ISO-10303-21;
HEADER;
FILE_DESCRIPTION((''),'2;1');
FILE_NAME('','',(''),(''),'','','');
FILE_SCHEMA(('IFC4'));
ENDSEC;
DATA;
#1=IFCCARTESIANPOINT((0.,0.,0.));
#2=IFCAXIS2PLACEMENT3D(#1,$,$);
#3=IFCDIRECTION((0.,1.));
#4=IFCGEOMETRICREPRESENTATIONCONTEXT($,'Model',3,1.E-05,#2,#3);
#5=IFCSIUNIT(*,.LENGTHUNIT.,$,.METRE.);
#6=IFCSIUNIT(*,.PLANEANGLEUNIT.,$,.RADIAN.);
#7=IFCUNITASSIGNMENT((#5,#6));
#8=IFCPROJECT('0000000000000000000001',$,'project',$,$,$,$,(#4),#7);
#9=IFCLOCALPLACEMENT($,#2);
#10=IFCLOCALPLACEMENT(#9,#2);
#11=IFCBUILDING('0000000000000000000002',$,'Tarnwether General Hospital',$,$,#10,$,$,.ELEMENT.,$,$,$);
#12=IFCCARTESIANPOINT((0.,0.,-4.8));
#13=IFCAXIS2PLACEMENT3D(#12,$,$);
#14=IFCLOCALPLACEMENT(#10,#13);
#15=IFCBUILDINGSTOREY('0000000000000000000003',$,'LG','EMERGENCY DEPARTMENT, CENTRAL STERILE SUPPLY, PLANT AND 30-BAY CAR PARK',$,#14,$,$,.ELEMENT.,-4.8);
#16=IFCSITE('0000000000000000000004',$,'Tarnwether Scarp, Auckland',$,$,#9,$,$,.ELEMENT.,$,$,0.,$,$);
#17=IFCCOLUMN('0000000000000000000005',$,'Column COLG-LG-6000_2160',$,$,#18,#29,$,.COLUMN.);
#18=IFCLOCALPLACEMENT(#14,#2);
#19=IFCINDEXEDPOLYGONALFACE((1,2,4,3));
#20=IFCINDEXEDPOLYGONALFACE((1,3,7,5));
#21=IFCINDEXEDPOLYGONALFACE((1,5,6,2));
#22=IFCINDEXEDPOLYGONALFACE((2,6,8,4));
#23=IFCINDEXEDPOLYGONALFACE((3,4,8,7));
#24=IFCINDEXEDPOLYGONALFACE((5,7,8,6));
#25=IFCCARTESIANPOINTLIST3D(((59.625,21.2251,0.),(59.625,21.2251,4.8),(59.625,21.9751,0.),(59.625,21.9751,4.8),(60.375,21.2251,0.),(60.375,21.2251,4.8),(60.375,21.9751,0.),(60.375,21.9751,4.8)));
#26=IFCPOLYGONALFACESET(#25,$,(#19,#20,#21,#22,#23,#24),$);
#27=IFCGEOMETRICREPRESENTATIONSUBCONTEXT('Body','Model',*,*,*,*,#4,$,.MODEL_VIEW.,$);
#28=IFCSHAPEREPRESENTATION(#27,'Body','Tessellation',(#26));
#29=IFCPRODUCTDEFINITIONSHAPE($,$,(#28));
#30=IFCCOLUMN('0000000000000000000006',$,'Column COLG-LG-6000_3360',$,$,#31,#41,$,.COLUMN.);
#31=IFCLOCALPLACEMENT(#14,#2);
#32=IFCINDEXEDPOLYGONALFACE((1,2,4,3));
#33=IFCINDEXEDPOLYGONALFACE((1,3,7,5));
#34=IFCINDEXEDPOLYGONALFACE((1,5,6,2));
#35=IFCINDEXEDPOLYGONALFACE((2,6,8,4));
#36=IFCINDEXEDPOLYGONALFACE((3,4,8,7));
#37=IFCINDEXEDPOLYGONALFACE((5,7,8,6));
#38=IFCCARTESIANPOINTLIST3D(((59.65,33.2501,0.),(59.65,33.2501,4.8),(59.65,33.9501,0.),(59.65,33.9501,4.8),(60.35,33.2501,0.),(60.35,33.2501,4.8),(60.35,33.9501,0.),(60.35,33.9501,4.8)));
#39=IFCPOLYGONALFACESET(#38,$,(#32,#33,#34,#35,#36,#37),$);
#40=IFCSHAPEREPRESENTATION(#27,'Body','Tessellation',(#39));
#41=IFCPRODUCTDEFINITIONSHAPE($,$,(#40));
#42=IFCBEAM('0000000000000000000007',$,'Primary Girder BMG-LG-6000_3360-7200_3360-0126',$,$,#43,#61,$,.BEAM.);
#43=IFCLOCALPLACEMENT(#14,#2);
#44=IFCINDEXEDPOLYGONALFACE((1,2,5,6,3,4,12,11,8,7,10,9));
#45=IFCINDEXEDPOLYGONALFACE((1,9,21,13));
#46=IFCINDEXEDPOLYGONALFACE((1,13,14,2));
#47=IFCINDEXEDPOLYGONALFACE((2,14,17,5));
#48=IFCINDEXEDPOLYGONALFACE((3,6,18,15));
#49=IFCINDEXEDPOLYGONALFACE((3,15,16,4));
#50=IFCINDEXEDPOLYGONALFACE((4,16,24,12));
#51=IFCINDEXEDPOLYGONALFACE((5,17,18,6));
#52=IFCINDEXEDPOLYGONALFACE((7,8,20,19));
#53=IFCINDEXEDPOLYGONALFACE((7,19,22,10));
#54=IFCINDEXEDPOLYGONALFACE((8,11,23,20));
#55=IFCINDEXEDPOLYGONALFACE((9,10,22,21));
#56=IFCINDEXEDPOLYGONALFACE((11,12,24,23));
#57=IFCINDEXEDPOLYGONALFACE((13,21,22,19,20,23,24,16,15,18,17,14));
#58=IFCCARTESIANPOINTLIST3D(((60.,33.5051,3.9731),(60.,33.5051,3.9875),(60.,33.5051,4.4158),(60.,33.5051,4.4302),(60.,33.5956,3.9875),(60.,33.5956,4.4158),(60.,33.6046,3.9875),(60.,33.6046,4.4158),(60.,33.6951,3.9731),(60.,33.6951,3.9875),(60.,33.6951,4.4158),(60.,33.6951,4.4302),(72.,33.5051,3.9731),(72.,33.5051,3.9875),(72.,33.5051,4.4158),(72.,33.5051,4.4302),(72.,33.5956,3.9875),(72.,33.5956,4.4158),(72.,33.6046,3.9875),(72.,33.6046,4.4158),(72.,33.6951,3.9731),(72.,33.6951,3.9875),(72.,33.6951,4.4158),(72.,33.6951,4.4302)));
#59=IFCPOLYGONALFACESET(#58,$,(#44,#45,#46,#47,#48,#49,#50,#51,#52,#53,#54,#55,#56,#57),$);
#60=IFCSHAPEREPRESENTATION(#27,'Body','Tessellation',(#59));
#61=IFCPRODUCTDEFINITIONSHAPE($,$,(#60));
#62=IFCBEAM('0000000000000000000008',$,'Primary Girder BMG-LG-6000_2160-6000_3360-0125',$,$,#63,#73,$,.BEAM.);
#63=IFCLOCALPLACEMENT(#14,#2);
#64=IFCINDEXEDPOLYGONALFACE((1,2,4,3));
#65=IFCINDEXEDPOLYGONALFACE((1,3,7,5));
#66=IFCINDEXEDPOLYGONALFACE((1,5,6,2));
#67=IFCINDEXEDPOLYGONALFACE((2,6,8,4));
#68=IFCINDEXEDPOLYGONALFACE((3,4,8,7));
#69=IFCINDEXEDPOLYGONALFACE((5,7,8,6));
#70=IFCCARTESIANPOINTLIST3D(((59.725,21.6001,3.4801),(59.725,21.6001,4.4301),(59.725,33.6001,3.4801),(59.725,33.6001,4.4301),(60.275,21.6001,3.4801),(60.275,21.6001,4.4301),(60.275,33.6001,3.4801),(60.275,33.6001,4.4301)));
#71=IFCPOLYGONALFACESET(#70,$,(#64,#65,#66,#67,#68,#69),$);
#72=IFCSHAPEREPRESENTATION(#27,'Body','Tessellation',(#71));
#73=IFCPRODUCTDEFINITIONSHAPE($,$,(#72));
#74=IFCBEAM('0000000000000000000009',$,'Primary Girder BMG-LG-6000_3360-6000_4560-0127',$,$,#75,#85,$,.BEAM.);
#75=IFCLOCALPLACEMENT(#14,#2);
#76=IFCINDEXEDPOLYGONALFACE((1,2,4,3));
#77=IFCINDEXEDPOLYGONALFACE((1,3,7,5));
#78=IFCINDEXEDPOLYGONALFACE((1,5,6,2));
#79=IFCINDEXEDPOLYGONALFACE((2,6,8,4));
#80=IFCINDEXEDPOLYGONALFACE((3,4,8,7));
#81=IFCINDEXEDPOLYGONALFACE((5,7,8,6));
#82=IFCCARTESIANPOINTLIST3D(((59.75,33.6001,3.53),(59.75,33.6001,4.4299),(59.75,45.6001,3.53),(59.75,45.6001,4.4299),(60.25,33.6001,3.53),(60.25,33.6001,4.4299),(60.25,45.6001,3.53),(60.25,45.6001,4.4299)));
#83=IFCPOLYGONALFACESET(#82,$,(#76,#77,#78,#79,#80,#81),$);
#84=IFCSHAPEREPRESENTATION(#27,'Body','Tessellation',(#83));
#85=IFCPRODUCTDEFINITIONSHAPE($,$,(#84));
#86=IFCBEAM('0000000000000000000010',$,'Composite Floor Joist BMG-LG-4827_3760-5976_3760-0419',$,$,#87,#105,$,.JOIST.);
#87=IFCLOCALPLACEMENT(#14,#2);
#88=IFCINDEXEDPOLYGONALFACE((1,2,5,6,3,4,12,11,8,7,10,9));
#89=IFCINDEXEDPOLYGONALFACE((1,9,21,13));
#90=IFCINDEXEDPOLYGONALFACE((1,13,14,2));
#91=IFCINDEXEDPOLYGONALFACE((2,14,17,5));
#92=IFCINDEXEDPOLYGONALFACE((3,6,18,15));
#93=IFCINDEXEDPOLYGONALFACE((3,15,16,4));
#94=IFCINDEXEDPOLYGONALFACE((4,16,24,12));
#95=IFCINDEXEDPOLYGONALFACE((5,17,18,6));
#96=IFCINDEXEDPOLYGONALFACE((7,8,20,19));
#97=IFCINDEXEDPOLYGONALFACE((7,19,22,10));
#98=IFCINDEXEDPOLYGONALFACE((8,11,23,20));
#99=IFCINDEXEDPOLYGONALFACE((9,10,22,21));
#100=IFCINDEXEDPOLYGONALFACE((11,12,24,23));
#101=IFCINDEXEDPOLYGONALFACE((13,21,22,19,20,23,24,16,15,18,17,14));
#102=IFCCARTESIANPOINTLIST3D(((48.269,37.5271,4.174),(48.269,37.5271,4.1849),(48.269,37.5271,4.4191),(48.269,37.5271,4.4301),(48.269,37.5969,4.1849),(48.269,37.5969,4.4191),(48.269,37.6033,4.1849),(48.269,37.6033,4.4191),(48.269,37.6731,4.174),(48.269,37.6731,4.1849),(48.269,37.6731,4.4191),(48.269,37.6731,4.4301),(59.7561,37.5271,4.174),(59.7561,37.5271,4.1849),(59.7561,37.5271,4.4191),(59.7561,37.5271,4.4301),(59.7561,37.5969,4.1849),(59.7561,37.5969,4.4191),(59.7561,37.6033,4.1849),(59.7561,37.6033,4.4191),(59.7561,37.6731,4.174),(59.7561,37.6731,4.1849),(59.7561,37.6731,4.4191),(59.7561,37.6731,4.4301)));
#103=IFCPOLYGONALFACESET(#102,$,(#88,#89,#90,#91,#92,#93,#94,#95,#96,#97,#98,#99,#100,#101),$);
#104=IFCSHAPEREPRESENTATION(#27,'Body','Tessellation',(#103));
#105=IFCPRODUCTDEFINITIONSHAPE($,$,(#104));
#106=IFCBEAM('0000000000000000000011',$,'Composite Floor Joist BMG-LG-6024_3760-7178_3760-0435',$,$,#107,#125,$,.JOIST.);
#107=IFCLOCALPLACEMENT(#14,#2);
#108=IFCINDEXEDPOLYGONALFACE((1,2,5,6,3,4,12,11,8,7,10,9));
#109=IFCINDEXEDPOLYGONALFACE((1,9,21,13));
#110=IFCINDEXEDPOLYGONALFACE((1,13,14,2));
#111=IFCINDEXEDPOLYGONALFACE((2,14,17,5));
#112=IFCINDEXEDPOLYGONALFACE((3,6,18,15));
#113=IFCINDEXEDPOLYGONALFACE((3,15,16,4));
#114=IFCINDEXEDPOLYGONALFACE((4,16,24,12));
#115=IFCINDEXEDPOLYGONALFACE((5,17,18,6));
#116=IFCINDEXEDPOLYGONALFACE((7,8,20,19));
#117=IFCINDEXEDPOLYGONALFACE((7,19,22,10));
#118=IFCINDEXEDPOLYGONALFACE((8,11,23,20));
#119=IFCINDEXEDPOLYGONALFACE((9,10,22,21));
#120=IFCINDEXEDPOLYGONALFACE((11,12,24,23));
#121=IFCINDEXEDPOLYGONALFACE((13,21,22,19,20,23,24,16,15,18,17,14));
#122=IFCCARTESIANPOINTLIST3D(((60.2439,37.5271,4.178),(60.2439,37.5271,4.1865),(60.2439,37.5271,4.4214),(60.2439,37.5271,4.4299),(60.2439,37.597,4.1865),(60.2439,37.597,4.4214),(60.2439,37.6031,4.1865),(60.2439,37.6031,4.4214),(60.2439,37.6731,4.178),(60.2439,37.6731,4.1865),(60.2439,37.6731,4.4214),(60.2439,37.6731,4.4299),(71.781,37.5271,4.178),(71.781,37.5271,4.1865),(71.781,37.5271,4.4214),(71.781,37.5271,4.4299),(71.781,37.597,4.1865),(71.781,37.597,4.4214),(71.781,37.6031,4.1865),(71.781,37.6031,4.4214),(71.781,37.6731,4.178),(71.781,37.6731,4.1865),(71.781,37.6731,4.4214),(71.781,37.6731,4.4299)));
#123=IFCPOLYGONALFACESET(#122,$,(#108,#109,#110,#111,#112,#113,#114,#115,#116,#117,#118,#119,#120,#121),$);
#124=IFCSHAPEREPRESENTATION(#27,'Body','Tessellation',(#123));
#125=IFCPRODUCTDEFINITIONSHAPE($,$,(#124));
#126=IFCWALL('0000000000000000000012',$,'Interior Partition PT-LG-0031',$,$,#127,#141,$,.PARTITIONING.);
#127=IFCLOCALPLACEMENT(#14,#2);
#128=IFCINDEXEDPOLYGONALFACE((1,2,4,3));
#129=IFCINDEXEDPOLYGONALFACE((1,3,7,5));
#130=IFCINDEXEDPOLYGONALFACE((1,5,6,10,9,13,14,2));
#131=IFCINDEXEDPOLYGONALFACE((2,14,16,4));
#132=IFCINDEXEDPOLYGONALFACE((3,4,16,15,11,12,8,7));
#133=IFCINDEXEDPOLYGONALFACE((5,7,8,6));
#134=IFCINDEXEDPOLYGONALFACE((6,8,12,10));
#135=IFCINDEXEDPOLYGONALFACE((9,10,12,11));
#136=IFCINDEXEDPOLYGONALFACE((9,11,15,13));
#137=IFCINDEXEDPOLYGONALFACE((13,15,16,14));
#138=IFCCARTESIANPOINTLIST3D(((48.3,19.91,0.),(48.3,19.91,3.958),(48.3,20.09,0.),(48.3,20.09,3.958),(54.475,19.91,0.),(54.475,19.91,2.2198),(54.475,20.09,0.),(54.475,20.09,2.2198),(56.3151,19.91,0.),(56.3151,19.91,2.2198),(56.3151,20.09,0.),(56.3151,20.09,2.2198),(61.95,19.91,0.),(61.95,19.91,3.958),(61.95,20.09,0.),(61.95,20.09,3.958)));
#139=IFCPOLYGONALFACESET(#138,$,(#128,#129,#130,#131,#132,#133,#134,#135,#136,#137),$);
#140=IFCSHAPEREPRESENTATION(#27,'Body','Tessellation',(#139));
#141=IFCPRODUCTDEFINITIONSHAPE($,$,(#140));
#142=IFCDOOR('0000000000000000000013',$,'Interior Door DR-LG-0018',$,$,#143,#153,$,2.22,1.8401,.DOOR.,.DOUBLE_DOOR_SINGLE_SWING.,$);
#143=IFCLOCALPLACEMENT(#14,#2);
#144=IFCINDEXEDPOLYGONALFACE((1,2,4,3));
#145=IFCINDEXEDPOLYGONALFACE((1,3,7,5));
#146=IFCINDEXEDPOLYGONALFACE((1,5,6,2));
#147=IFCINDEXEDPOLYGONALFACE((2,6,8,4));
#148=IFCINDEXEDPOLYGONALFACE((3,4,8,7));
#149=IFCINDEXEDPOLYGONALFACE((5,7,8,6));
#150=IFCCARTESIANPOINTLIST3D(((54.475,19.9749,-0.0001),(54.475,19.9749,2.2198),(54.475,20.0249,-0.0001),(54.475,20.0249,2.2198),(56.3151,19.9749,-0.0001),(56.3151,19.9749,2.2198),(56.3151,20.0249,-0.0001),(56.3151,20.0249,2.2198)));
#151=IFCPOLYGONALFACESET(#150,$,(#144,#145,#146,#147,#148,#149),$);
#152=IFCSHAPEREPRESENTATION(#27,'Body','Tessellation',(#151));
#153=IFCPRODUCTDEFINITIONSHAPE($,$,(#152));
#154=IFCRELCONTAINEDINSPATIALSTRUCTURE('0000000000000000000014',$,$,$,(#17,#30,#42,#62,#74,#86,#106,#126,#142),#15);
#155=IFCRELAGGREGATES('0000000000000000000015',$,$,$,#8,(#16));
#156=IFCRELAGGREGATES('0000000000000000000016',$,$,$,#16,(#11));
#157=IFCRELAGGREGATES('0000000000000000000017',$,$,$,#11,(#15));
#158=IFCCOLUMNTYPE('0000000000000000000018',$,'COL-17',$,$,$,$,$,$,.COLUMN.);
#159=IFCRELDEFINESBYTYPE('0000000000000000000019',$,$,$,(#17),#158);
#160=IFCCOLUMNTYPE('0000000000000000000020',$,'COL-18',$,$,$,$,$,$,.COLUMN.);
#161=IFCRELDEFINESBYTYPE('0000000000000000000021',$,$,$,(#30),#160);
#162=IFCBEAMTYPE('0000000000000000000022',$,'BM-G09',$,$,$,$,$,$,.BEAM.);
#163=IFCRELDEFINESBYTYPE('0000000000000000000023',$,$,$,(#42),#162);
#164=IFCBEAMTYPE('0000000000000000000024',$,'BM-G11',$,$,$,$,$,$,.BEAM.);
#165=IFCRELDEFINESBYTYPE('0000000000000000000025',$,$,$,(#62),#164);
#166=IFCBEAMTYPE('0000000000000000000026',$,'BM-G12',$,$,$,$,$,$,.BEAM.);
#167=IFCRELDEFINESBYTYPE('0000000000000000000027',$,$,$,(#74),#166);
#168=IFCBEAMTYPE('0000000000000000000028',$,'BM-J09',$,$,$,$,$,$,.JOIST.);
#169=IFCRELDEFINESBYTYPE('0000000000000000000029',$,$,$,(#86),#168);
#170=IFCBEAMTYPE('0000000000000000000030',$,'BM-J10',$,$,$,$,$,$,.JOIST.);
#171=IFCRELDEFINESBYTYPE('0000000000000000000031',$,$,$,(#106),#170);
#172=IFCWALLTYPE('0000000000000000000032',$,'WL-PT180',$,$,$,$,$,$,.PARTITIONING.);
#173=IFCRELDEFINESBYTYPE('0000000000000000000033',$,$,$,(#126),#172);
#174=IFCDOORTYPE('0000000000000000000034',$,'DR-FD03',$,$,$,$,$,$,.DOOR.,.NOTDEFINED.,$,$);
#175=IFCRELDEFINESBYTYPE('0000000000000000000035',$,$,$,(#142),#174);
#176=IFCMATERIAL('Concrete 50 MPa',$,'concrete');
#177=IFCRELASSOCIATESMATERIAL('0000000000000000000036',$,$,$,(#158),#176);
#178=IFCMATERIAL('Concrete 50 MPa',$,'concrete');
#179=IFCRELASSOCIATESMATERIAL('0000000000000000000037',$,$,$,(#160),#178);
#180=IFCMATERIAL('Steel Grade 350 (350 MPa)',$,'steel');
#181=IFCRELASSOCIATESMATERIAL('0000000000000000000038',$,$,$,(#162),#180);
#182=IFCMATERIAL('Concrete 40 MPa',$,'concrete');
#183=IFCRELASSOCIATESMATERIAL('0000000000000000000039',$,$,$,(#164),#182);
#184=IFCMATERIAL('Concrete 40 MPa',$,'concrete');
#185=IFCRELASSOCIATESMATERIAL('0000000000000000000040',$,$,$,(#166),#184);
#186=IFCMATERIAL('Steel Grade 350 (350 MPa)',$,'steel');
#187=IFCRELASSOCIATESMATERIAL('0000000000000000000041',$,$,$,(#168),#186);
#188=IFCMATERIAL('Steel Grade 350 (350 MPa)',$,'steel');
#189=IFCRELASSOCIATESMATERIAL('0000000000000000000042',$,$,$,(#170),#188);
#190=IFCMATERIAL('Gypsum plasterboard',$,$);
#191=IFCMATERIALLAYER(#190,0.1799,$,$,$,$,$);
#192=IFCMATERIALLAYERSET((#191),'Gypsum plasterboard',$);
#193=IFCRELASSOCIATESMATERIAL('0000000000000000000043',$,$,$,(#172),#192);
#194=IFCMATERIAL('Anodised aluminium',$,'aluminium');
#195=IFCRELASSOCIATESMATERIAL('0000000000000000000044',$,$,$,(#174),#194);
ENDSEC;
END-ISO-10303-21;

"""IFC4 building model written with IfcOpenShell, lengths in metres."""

from ifc_helpers import new_model, si_unit, direction, frame, frame_2d, origin, origin_2d, place, context, subcontext, project, spatial, rectangle, i_section, extrude, material, layer, layer_set, material_profile, profile_set, type_object, element, fill, save


model = new_model("IFC4")

# Units and contexts
model_context = context("Model", 3, precision=1e-05, world=origin(), true_north=direction((0.0, 1.0)))
body_context = subcontext(model_context, "Body", "Model", "MODEL_VIEW")
ifc_project = project(units=[si_unit("LENGTHUNIT", "METRE"), si_unit("PLANEANGLEUNIT", "RADIAN")], contexts=[model_context])

# Site, building, storey
site_placement = place(None, origin())
site = spatial("IfcSite", under=ifc_project, at=site_placement, Name="Tarnwether Scarp, Auckland", CompositionType="ELEMENT", RefElevation=0.0)
building_placement = place(site_placement, origin())
building = spatial("IfcBuilding", under=site, at=building_placement, Name="Tarnwether General Hospital", CompositionType="ELEMENT")
storey_placement = place(building_placement, frame((0.0, 0.0, -4.8)))
storey = spatial("IfcBuildingStorey", under=building, at=storey_placement, Name="LG", Description="EMERGENCY DEPARTMENT, CENTRAL STERILE SUPPLY, PLANT AND 30-BAY CAR PARK", CompositionType="ELEMENT", Elevation=-4.8)

# Columns
ifc_material_1 = material(Name="Concrete 50 MPa", Category="concrete")
ifc_material_profile_1 = material_profile(ifc_material_1, rectangle(XDim=0.75, YDim=0.75, at=origin_2d()), Name="RC-COL-750x750")
ifc_profile_set_1 = profile_set([ifc_material_profile_1], Name="Concrete 50 MPa")
column_type_1 = type_object("IfcColumnType", Name="COL-17", PredefinedType="COLUMN", material=ifc_profile_set_1)
column_1_placement = place(storey_placement, frame((60.0, 21.6001, 0.0), z_axis=(0.0, 0.0, 1.0), x_axis=(0.0, 1.0, 0.0)))
element("IfcColumn", 1, at=column_1_placement, inside=storey, type_object=column_type_1, Name="Column COLG-LG-6000_2160", PredefinedType="COLUMN", context=body_context, shape_type="SweptSolid", body=[
    extrude(rectangle(XDim=0.75, YDim=0.75, at=origin_2d()), origin(), (0.0, 0.0, 1.0), 4.8),
])
ifc_material_2 = material(Name="Concrete 50 MPa", Category="concrete")
ifc_material_profile_2 = material_profile(ifc_material_2, rectangle(XDim=0.7, YDim=0.7, at=origin_2d()), Name="RC-COL-700x700")
ifc_profile_set_2 = profile_set([ifc_material_profile_2], Name="Concrete 50 MPa")
column_type_2 = type_object("IfcColumnType", Name="COL-18", PredefinedType="COLUMN", material=ifc_profile_set_2)
column_2_placement = place(storey_placement, frame((60.0, 33.6001, 0.0), z_axis=(0.0, 0.0, 1.0), x_axis=(0.0, 1.0, 0.0)))
element("IfcColumn", 2, at=column_2_placement, inside=storey, type_object=column_type_2, Name="Column COLG-LG-6000_3360", PredefinedType="COLUMN", context=body_context, shape_type="SweptSolid", body=[
    extrude(rectangle(XDim=0.7, YDim=0.7, at=origin_2d()), origin(), (0.0, 0.0, 1.0), 4.8),
])

# Beams
ifc_material_3 = material(Name="Steel Grade 350 (350 MPa)", Category="steel")
ifc_material_profile_3 = material_profile(ifc_material_3, i_section(OverallWidth=0.1899, OverallDepth=0.457, WebThickness=0.009, FlangeThickness=0.0144, at=origin_2d()), Name="460UB74.6")
ifc_profile_set_3 = profile_set([ifc_material_profile_3], Name="Steel Grade 350 (350 MPa)")
beam_type_1 = type_object("IfcBeamType", Name="BM-G09", PredefinedType="BEAM", material=ifc_profile_set_3)
beam_1_placement = place(storey_placement, frame((60.0, 33.6001, 4.2017), z_axis=(1.0, 0.0, 0.0), x_axis=(0.0, 1.0, 0.0)))
element("IfcBeam", 3, at=beam_1_placement, inside=storey, type_object=beam_type_1, Name="Primary Girder BMG-LG-6000_3360-7200_3360-0126", PredefinedType="BEAM", context=body_context, shape_type="SweptSolid", body=[
    extrude(i_section(OverallWidth=0.1899, OverallDepth=0.457, WebThickness=0.009, FlangeThickness=0.0144, at=origin_2d()), origin(), (0.0, 0.0, 1.0), 12.0),
])
ifc_material_4 = material(Name="Concrete 40 MPa", Category="concrete")
ifc_material_profile_4 = material_profile(ifc_material_4, rectangle(XDim=0.55, YDim=0.95, at=origin_2d()), Name="RC-BM-550x950")
ifc_profile_set_4 = profile_set([ifc_material_profile_4], Name="Concrete 40 MPa")
beam_type_2 = type_object("IfcBeamType", Name="BM-G11", PredefinedType="BEAM", material=ifc_profile_set_4)
beam_2_placement = place(storey_placement, frame((60.0, 21.6001, 3.9551), z_axis=(0.0, 1.0, 0.0), x_axis=(-1.0, 0.0, 0.0)))
element("IfcBeam", 4, at=beam_2_placement, inside=storey, type_object=beam_type_2, Name="Primary Girder BMG-LG-6000_2160-6000_3360-0125", PredefinedType="BEAM", context=body_context, shape_type="SweptSolid", body=[
    extrude(rectangle(XDim=0.55, YDim=0.95, at=origin_2d()), origin(), (0.0, 0.0, 1.0), 12.0),
])
ifc_material_5 = material(Name="Concrete 40 MPa", Category="concrete")
ifc_material_profile_5 = material_profile(ifc_material_5, rectangle(XDim=0.5, YDim=0.8999, at=origin_2d()), Name="RC-BM-500x900")
ifc_profile_set_5 = profile_set([ifc_material_profile_5], Name="Concrete 40 MPa")
beam_type_3 = type_object("IfcBeamType", Name="BM-G12", PredefinedType="BEAM", material=ifc_profile_set_5)
beam_3_placement = place(storey_placement, frame((60.0, 33.6001, 3.98), z_axis=(0.0, 1.0, 0.0), x_axis=(-1.0, 0.0, 0.0)))
element("IfcBeam", 5, at=beam_3_placement, inside=storey, type_object=beam_type_3, Name="Primary Girder BMG-LG-6000_3360-6000_4560-0127", PredefinedType="BEAM", context=body_context, shape_type="SweptSolid", body=[
    extrude(rectangle(XDim=0.5, YDim=0.8999, at=origin_2d()), origin(), (0.0, 0.0, 1.0), 12.0),
])
ifc_material_6 = material(Name="Steel Grade 350 (350 MPa)", Category="steel")
ifc_material_profile_6 = material_profile(ifc_material_6, i_section(OverallWidth=0.146, OverallDepth=0.2561, WebThickness=0.0063, FlangeThickness=0.011, at=origin_2d()), Name="250UB37.3")
ifc_profile_set_6 = profile_set([ifc_material_profile_6], Name="Steel Grade 350 (350 MPa)")
beam_type_4 = type_object("IfcBeamType", Name="BM-J09", PredefinedType="JOIST", material=ifc_profile_set_6)
beam_4_placement = place(storey_placement, frame((48.269, 37.6001, 4.302), z_axis=(1.0, 0.0, 0.0), x_axis=(0.0, 1.0, 0.0)))
element("IfcBeam", 6, at=beam_4_placement, inside=storey, type_object=beam_type_4, Name="Composite Floor Joist BMG-LG-4827_3760-5976_3760-0419", PredefinedType="JOIST", context=body_context, shape_type="SweptSolid", body=[
    extrude(i_section(OverallWidth=0.146, OverallDepth=0.2561, WebThickness=0.0063, FlangeThickness=0.011, at=origin_2d()), origin(), (0.0, 0.0, 1.0), 11.4871),
])
ifc_material_7 = material(Name="Steel Grade 350 (350 MPa)", Category="steel")
ifc_material_profile_7 = material_profile(ifc_material_7, i_section(OverallWidth=0.146, OverallDepth=0.252, WebThickness=0.0061, FlangeThickness=0.0085, at=origin_2d()), Name="250UB31.4")
ifc_profile_set_7 = profile_set([ifc_material_profile_7], Name="Steel Grade 350 (350 MPa)")
beam_type_5 = type_object("IfcBeamType", Name="BM-J10", PredefinedType="JOIST", material=ifc_profile_set_7)
beam_5_placement = place(storey_placement, frame((60.2439, 37.6001, 4.304), z_axis=(1.0, 0.0, 0.0), x_axis=(0.0, 1.0, 0.0)))
element("IfcBeam", 7, at=beam_5_placement, inside=storey, type_object=beam_type_5, Name="Composite Floor Joist BMG-LG-6024_3760-7178_3760-0435", PredefinedType="JOIST", context=body_context, shape_type="SweptSolid", body=[
    extrude(i_section(OverallWidth=0.146, OverallDepth=0.252, WebThickness=0.0061, FlangeThickness=0.0085, at=origin_2d()), origin(), (0.0, 0.0, 1.0), 11.5371),
])

# Wall, opening, door
ifc_material_8 = material(Name="Gypsum plasterboard")
ifc_layer = layer(ifc_material_8, 0.1799)
ifc_layer_set = layer_set([ifc_layer], Name="Gypsum plasterboard")
wall_type = type_object("IfcWallType", Name="WL-PT180", PredefinedType="PARTITIONING", material=ifc_layer_set)
wall_1_placement = place(storey_placement, frame((48.3, 20.0, 0.0), z_axis=(0.0, 0.0, 1.0), x_axis=(1.0, 0.0, 0.0)))
wall_1 = element("IfcWall", 8, at=wall_1_placement, inside=storey, type_object=wall_type, Name="Interior Partition PT-LG-0031", PredefinedType="PARTITIONING", context=body_context, shape_type="SweptSolid", body=[
    extrude(rectangle(XDim=13.6499, YDim=0.1799, at=frame_2d((6.825, 0.0))), origin(), (0.0, 0.0, 1.0), 3.958),
])
opening_1_placement = place(wall_1_placement, frame((6.175, 0.0, 0.0)))
opening_1 = element("IfcOpeningElement", 9, at=opening_1_placement, cuts=wall_1, PredefinedType="OPENING", context=body_context, shape_type="SweptSolid", body=[
    extrude(rectangle(XDim=1.8401, YDim=2.22, at=frame_2d((0.9199, 1.1099))), frame((0.0, 0.1001, 0.0), z_axis=(0.0, -1.0, 0.0), x_axis=(1.0, 0.0, 0.0)), (0.0, 0.0, 1.0), 0.2),
])
ifc_material_9 = material(Name="Anodised aluminium", Category="aluminium")
door_type_1 = type_object("IfcDoorType", Name="DR-FD03", OperationType="NOTDEFINED", PredefinedType="DOOR", material=ifc_material_9)
door_1_placement = place(opening_1_placement, origin())
door_1 = element("IfcDoor", 10, at=door_1_placement, inside=storey, type_object=door_type_1, Name="Interior Door DR-LG-0018", OperationType="DOUBLE_DOOR_SINGLE_SWING", OverallHeight=2.22, OverallWidth=1.8401, PredefinedType="DOOR", context=body_context, shape_type="SweptSolid", body=[
    extrude(rectangle(XDim=1.8401, YDim=2.22, at=frame_2d((0.9199, 1.1099))), frame((0.0, 0.0249, 0.0), z_axis=(0.0, -1.0, 0.0), x_axis=(1.0, 0.0, 0.0)), (0.0, 0.0, 1.0), 0.05),
])
fill(opening_1, door_1)

save(model, "model.ifc")
